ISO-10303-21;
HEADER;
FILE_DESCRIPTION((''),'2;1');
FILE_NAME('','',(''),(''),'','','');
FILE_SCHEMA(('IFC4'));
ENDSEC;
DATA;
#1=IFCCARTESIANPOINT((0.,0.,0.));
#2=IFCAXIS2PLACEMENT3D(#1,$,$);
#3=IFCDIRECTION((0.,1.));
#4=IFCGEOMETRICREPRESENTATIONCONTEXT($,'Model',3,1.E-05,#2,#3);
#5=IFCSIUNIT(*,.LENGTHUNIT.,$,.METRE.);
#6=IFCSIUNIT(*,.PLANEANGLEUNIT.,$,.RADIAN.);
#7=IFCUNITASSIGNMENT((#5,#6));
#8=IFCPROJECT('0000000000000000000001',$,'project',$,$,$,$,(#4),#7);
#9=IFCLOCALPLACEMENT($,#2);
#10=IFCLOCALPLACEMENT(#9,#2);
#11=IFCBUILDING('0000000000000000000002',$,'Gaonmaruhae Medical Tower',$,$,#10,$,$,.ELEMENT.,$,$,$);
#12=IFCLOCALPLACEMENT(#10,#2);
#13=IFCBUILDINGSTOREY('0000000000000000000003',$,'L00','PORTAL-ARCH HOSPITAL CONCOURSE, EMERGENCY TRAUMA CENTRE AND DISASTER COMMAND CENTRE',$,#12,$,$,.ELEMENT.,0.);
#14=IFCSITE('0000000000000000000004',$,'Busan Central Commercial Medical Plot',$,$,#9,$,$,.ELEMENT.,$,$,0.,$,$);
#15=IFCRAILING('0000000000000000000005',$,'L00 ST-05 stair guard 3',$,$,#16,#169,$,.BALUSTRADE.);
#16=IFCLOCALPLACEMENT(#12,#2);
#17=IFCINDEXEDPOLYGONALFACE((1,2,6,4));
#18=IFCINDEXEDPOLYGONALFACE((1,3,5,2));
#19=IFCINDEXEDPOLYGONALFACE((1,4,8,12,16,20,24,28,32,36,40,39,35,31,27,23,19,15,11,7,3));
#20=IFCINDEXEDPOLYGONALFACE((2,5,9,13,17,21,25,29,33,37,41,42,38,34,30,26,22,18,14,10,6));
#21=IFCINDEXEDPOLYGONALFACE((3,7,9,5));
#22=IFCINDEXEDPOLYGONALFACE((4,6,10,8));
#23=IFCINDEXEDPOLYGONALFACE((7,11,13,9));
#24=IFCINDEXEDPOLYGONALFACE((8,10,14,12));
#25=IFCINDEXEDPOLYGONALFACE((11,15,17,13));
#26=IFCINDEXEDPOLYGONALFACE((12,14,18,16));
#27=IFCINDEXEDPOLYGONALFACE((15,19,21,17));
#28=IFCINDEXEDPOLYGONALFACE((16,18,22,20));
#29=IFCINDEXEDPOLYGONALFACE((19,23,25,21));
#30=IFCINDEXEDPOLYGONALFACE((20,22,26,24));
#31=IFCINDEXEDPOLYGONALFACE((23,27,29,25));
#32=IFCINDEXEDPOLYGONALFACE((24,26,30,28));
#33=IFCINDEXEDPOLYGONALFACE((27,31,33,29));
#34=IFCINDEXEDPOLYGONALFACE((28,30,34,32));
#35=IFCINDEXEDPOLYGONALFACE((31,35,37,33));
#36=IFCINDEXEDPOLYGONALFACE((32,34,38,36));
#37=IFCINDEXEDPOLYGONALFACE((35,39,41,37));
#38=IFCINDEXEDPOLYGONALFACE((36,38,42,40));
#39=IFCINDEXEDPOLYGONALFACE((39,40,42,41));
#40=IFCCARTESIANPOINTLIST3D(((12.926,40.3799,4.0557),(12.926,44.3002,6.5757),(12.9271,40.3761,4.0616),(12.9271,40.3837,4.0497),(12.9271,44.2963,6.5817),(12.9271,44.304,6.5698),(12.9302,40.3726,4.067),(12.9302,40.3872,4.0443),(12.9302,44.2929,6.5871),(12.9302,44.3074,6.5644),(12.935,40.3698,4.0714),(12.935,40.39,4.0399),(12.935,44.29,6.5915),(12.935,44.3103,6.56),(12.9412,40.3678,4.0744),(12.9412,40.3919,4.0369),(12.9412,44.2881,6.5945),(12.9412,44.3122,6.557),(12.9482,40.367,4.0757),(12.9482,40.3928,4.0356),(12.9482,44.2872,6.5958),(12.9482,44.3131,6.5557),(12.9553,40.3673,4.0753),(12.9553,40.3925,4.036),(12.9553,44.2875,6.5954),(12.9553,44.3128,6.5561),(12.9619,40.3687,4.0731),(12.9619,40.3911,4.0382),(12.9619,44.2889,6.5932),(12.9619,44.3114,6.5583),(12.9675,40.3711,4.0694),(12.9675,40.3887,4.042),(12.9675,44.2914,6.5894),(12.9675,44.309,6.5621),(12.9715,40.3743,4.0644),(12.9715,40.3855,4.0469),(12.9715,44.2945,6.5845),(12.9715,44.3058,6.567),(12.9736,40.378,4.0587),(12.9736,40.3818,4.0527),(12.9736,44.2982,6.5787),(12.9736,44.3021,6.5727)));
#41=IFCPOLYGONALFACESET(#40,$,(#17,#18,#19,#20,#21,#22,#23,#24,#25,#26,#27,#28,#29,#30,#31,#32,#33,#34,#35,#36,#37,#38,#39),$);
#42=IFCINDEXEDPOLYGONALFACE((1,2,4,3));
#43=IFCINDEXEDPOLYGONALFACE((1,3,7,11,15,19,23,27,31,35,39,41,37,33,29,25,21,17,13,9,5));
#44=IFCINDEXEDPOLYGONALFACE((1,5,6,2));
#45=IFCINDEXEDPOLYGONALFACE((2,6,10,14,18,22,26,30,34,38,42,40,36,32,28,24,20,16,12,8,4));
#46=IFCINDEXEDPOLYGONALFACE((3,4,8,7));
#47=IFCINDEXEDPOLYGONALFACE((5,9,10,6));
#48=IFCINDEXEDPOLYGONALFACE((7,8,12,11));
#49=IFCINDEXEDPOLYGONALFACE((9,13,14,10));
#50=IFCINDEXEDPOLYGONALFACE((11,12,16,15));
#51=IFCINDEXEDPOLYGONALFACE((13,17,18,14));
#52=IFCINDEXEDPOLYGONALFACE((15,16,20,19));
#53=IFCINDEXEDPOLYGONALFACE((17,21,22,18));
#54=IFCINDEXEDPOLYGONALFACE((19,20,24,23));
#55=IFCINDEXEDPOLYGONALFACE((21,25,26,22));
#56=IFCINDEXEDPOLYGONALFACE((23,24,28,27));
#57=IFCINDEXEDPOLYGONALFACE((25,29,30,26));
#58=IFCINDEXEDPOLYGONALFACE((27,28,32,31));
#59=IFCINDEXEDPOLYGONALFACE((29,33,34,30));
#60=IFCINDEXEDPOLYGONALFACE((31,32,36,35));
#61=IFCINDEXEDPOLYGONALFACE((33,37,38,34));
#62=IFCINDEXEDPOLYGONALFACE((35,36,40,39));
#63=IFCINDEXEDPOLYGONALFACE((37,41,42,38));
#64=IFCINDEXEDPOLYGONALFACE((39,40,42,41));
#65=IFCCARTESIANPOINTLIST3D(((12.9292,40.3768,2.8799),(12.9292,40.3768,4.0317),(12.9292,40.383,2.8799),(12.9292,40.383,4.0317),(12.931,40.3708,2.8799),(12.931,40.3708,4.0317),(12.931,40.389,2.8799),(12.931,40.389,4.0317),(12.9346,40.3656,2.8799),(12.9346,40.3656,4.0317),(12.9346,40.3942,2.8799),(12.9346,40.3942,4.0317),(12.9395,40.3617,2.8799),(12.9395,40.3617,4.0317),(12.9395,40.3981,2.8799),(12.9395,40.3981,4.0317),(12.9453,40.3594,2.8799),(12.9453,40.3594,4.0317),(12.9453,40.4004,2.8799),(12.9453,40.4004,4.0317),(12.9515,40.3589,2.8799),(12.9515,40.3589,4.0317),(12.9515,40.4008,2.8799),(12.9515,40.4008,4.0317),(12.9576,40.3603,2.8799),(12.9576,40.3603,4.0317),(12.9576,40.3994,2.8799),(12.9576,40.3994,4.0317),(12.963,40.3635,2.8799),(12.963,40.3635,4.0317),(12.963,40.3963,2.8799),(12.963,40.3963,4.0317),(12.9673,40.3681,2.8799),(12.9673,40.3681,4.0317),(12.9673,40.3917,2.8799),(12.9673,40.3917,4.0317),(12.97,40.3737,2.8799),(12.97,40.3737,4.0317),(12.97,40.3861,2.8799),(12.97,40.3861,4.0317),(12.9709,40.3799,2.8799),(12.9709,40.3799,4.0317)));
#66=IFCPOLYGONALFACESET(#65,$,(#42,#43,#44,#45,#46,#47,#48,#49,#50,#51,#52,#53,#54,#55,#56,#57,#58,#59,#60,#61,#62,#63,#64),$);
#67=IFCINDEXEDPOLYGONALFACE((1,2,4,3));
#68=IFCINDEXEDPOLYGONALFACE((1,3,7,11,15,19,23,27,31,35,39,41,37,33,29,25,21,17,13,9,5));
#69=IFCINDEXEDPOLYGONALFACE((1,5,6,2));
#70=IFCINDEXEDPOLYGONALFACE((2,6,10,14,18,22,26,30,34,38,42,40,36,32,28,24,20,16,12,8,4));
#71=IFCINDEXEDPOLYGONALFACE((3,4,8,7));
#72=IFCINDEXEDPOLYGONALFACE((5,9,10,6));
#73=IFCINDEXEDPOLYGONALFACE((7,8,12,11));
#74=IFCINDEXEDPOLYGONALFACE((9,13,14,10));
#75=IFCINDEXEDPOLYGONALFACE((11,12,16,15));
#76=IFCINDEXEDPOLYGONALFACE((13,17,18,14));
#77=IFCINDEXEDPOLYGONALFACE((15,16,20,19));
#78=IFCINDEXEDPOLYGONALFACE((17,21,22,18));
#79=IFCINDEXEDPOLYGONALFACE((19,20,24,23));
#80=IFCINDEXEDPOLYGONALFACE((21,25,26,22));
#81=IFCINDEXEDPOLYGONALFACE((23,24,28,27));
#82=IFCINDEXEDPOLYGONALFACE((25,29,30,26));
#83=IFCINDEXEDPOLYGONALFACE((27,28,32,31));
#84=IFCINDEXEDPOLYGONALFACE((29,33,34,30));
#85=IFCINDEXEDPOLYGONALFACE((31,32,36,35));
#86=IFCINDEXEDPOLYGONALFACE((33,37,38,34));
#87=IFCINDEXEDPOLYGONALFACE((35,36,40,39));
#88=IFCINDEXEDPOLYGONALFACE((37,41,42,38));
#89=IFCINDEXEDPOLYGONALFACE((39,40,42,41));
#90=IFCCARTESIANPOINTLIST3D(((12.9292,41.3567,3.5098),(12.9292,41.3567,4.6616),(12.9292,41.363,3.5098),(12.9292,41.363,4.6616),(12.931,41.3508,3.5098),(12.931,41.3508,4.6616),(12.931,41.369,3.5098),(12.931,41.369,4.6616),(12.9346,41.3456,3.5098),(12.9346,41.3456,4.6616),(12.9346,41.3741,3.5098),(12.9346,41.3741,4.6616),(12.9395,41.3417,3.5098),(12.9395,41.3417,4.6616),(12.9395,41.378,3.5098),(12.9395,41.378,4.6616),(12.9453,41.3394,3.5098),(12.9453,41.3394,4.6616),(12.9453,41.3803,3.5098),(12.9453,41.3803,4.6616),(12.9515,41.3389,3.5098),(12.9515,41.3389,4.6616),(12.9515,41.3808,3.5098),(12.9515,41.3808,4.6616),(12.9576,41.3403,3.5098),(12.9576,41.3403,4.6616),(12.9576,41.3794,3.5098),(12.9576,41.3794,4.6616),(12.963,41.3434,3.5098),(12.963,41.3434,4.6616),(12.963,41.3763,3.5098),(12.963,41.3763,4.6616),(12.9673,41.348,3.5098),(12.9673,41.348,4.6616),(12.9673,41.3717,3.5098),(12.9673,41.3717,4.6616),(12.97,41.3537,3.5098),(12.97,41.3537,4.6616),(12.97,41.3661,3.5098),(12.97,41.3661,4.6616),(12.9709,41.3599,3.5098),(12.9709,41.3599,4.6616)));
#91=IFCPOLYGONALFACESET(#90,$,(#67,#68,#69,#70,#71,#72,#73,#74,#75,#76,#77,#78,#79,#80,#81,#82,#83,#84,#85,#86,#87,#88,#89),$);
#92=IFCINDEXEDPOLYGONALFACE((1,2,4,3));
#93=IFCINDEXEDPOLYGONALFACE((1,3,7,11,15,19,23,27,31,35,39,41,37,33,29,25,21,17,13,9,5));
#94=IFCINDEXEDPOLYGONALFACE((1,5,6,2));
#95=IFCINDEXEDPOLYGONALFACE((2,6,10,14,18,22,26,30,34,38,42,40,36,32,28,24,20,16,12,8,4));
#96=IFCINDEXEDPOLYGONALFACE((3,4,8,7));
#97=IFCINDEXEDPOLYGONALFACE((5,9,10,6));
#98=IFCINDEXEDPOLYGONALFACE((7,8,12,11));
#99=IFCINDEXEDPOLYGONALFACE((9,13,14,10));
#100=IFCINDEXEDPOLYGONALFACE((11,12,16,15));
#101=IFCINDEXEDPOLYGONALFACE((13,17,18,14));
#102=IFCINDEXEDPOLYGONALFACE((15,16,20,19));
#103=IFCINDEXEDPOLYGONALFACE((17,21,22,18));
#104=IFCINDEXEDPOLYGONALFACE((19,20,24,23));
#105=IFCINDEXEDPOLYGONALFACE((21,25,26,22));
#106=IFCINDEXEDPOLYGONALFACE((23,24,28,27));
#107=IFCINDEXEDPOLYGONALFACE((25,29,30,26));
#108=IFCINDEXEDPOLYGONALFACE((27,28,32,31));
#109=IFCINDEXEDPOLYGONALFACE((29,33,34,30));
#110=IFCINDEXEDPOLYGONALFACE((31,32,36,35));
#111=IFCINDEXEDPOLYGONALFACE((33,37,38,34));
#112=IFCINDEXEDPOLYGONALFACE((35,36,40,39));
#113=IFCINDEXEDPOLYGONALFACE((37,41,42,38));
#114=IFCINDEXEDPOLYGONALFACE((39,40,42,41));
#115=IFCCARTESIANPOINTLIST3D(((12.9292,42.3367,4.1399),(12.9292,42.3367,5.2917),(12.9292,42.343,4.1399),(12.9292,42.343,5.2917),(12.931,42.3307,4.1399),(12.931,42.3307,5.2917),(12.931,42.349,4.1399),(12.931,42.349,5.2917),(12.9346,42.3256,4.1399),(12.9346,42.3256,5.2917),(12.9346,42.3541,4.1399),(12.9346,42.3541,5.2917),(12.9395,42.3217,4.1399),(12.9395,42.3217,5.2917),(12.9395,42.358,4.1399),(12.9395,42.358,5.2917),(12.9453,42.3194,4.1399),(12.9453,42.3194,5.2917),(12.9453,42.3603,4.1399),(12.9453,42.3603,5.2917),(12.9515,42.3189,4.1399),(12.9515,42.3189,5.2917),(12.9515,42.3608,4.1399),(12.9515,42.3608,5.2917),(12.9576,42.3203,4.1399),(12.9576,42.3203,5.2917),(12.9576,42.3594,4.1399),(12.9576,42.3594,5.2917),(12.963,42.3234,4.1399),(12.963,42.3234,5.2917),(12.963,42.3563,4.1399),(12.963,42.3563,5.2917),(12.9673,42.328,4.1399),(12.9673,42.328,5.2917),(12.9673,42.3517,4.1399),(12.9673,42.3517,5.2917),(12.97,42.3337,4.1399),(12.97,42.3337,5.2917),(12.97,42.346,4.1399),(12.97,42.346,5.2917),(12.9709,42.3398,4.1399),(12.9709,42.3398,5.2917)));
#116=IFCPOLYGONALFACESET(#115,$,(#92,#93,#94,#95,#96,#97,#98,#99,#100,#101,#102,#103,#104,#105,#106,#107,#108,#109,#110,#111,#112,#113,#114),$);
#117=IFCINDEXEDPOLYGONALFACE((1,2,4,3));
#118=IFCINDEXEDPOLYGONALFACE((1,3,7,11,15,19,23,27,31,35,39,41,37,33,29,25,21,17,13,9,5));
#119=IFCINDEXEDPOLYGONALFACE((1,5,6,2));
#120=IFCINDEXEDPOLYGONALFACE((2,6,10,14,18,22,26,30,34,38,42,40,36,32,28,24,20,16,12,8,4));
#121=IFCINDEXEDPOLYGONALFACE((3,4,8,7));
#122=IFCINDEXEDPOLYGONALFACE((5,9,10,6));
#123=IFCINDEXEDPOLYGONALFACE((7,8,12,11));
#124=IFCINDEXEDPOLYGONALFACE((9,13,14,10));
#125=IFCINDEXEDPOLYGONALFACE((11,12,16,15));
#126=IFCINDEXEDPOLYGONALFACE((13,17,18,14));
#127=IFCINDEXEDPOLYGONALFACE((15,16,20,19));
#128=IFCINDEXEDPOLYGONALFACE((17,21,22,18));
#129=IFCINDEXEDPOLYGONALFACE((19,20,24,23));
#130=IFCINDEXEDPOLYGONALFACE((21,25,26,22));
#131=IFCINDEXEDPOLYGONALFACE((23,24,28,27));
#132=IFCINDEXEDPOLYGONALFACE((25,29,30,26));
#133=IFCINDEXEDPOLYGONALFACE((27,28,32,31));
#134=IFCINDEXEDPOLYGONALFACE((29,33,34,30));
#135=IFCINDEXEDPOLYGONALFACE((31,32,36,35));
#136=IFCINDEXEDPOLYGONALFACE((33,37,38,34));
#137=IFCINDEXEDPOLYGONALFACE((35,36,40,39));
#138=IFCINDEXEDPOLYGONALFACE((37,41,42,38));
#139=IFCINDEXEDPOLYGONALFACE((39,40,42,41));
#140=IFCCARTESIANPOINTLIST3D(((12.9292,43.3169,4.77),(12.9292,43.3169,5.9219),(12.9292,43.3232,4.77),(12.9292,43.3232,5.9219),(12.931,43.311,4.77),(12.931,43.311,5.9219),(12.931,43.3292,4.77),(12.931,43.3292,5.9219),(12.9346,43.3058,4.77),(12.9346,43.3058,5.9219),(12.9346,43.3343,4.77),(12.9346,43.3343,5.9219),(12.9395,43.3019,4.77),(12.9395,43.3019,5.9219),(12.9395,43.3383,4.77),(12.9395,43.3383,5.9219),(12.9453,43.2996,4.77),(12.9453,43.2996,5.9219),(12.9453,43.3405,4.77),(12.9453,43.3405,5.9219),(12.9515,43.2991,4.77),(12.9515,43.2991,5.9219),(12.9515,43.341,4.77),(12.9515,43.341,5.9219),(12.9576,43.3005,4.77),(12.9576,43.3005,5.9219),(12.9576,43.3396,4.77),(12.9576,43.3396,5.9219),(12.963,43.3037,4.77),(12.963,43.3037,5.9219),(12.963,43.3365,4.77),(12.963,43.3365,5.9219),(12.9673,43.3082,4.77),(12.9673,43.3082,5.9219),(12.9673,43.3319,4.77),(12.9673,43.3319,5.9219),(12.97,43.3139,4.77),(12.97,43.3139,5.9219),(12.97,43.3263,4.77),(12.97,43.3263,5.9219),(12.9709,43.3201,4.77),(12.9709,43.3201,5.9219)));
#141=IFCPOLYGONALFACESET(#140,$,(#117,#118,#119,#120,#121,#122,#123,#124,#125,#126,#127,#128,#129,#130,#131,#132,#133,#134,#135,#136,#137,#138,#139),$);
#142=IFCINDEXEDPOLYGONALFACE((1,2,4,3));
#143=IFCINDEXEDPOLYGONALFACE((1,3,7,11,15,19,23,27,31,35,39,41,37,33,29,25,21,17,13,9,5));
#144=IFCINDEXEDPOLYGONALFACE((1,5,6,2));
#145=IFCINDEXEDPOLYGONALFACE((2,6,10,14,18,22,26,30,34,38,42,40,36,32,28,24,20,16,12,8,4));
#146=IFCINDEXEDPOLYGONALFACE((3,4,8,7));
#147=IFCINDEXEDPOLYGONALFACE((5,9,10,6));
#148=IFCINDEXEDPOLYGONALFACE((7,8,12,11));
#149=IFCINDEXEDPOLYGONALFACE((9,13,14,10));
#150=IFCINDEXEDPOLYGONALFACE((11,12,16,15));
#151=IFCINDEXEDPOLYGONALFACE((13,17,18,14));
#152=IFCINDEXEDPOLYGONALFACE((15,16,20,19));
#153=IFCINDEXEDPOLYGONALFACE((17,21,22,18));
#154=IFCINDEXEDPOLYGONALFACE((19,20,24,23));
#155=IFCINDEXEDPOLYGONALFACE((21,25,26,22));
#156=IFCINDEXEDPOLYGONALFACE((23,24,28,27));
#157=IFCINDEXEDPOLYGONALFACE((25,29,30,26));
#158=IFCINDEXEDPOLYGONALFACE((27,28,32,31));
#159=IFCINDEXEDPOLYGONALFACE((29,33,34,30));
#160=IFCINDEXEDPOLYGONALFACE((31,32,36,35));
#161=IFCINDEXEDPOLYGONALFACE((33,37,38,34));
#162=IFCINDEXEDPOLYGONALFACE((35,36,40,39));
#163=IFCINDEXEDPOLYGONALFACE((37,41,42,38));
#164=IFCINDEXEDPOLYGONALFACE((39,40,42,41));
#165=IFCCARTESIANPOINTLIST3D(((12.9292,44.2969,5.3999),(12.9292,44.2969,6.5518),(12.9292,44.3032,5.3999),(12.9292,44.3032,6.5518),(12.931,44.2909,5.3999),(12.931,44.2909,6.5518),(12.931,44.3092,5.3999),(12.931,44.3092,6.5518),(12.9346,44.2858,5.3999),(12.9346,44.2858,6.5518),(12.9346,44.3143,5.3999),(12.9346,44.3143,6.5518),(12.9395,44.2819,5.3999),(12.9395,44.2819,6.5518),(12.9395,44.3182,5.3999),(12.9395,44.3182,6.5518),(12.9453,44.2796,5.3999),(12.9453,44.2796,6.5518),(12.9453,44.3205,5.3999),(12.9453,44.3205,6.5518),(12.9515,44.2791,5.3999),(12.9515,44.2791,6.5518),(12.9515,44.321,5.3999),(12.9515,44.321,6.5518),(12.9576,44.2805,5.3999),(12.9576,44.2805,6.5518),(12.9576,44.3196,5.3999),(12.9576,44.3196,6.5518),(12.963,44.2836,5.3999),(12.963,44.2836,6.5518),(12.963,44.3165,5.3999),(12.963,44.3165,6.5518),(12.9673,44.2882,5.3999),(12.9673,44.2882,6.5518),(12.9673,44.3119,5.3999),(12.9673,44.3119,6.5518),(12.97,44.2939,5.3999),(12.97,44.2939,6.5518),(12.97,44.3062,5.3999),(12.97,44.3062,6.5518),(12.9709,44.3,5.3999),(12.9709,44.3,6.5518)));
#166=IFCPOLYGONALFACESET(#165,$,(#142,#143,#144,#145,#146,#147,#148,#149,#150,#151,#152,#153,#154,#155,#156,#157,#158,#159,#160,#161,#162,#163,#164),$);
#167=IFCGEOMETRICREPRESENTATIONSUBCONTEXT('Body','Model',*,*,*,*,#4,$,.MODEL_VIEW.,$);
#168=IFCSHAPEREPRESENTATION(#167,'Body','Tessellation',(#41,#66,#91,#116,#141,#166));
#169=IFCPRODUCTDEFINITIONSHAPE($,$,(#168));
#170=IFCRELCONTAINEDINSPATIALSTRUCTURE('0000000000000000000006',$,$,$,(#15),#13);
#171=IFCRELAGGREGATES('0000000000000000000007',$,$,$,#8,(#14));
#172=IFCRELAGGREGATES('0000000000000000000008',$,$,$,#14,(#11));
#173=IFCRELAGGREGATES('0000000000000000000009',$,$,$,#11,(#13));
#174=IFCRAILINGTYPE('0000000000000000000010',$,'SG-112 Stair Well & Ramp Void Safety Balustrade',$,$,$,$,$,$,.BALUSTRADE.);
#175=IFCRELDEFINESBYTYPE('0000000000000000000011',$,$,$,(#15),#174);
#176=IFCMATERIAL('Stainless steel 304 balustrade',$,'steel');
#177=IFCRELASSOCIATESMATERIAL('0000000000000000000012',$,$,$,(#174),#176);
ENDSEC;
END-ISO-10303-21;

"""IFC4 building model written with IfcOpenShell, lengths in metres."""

from ifc_helpers import new_model, si_unit, direction, frame, origin, origin_2d, place, context, subcontext, project, spatial, circle, extrude, material, type_object, element, save


model = new_model("IFC4")

# Units and contexts
model_context = context("Model", 3, precision=1e-05, world=origin(), true_north=direction((0.0, 1.0)))
body_context = subcontext(model_context, "Body", "Model", "MODEL_VIEW")
ifc_project = project(units=[si_unit("LENGTHUNIT", "METRE"), si_unit("PLANEANGLEUNIT", "RADIAN")], contexts=[model_context])

# Site, building, storey
site_placement = place(None, origin())
site = spatial("IfcSite", under=ifc_project, at=site_placement, Name="Busan Central Commercial Medical Plot", CompositionType="ELEMENT", RefElevation=0.0)
building_placement = place(site_placement, origin())
building = spatial("IfcBuilding", under=site, at=building_placement, Name="Gaonmaruhae Medical Tower", CompositionType="ELEMENT")
storey_placement = place(building_placement, origin())
storey = spatial("IfcBuildingStorey", under=building, at=storey_placement, Name="L00", Description="PORTAL-ARCH HOSPITAL CONCOURSE, EMERGENCY TRAUMA CENTRE AND DISASTER COMMAND CENTRE", CompositionType="ELEMENT", Elevation=0.0)

# Railing
ifc_material_1 = material(Name="Stainless steel 304 balustrade", Category="steel")
railing_type_1 = type_object("IfcRailingType", Name="SG-112 Stair Well & Ramp Void Safety Balustrade", PredefinedType="BALUSTRADE", material=ifc_material_1)
railing_1_placement = place(storey_placement, frame((12.95, 40.3799, 2.8799)))
element("IfcRailing", 1, at=railing_1_placement, inside=storey, type_object=railing_type_1, Name="L00 ST-05 stair guard 3", PredefinedType="BALUSTRADE", context=body_context, shape_type="SweptSolid", body=[
    extrude(circle(Radius=0.0239, at=origin_2d()), frame((0.0, 0.0, 1.1758), z_axis=(0.0, 0.841187, 0.540744), x_axis=(-1.0, 0.0, 0.0)), (0.0, 0.0, 1.0), 4.6604),
    extrude(circle(Radius=0.021, at=origin_2d()), origin(), (0.0, 0.0, 1.0), 1.1519),
    extrude(circle(Radius=0.021, at=origin_2d()), frame((0.0, 0.98, 0.6299)), (0.0, 0.0, 1.0), 1.1519),
    extrude(circle(Radius=0.021, at=origin_2d()), frame((0.0, 1.96, 1.26)), (0.0, 0.0, 1.0), 1.1519),
    extrude(circle(Radius=0.021, at=origin_2d()), frame((0.0, 2.9402, 1.8901)), (0.0, 0.0, 1.0), 1.1519),
    extrude(circle(Radius=0.021, at=origin_2d()), frame((0.0, 3.9202, 2.52)), (0.0, 0.0, 1.0), 1.1519),
])

save(model, "model.ifc")
